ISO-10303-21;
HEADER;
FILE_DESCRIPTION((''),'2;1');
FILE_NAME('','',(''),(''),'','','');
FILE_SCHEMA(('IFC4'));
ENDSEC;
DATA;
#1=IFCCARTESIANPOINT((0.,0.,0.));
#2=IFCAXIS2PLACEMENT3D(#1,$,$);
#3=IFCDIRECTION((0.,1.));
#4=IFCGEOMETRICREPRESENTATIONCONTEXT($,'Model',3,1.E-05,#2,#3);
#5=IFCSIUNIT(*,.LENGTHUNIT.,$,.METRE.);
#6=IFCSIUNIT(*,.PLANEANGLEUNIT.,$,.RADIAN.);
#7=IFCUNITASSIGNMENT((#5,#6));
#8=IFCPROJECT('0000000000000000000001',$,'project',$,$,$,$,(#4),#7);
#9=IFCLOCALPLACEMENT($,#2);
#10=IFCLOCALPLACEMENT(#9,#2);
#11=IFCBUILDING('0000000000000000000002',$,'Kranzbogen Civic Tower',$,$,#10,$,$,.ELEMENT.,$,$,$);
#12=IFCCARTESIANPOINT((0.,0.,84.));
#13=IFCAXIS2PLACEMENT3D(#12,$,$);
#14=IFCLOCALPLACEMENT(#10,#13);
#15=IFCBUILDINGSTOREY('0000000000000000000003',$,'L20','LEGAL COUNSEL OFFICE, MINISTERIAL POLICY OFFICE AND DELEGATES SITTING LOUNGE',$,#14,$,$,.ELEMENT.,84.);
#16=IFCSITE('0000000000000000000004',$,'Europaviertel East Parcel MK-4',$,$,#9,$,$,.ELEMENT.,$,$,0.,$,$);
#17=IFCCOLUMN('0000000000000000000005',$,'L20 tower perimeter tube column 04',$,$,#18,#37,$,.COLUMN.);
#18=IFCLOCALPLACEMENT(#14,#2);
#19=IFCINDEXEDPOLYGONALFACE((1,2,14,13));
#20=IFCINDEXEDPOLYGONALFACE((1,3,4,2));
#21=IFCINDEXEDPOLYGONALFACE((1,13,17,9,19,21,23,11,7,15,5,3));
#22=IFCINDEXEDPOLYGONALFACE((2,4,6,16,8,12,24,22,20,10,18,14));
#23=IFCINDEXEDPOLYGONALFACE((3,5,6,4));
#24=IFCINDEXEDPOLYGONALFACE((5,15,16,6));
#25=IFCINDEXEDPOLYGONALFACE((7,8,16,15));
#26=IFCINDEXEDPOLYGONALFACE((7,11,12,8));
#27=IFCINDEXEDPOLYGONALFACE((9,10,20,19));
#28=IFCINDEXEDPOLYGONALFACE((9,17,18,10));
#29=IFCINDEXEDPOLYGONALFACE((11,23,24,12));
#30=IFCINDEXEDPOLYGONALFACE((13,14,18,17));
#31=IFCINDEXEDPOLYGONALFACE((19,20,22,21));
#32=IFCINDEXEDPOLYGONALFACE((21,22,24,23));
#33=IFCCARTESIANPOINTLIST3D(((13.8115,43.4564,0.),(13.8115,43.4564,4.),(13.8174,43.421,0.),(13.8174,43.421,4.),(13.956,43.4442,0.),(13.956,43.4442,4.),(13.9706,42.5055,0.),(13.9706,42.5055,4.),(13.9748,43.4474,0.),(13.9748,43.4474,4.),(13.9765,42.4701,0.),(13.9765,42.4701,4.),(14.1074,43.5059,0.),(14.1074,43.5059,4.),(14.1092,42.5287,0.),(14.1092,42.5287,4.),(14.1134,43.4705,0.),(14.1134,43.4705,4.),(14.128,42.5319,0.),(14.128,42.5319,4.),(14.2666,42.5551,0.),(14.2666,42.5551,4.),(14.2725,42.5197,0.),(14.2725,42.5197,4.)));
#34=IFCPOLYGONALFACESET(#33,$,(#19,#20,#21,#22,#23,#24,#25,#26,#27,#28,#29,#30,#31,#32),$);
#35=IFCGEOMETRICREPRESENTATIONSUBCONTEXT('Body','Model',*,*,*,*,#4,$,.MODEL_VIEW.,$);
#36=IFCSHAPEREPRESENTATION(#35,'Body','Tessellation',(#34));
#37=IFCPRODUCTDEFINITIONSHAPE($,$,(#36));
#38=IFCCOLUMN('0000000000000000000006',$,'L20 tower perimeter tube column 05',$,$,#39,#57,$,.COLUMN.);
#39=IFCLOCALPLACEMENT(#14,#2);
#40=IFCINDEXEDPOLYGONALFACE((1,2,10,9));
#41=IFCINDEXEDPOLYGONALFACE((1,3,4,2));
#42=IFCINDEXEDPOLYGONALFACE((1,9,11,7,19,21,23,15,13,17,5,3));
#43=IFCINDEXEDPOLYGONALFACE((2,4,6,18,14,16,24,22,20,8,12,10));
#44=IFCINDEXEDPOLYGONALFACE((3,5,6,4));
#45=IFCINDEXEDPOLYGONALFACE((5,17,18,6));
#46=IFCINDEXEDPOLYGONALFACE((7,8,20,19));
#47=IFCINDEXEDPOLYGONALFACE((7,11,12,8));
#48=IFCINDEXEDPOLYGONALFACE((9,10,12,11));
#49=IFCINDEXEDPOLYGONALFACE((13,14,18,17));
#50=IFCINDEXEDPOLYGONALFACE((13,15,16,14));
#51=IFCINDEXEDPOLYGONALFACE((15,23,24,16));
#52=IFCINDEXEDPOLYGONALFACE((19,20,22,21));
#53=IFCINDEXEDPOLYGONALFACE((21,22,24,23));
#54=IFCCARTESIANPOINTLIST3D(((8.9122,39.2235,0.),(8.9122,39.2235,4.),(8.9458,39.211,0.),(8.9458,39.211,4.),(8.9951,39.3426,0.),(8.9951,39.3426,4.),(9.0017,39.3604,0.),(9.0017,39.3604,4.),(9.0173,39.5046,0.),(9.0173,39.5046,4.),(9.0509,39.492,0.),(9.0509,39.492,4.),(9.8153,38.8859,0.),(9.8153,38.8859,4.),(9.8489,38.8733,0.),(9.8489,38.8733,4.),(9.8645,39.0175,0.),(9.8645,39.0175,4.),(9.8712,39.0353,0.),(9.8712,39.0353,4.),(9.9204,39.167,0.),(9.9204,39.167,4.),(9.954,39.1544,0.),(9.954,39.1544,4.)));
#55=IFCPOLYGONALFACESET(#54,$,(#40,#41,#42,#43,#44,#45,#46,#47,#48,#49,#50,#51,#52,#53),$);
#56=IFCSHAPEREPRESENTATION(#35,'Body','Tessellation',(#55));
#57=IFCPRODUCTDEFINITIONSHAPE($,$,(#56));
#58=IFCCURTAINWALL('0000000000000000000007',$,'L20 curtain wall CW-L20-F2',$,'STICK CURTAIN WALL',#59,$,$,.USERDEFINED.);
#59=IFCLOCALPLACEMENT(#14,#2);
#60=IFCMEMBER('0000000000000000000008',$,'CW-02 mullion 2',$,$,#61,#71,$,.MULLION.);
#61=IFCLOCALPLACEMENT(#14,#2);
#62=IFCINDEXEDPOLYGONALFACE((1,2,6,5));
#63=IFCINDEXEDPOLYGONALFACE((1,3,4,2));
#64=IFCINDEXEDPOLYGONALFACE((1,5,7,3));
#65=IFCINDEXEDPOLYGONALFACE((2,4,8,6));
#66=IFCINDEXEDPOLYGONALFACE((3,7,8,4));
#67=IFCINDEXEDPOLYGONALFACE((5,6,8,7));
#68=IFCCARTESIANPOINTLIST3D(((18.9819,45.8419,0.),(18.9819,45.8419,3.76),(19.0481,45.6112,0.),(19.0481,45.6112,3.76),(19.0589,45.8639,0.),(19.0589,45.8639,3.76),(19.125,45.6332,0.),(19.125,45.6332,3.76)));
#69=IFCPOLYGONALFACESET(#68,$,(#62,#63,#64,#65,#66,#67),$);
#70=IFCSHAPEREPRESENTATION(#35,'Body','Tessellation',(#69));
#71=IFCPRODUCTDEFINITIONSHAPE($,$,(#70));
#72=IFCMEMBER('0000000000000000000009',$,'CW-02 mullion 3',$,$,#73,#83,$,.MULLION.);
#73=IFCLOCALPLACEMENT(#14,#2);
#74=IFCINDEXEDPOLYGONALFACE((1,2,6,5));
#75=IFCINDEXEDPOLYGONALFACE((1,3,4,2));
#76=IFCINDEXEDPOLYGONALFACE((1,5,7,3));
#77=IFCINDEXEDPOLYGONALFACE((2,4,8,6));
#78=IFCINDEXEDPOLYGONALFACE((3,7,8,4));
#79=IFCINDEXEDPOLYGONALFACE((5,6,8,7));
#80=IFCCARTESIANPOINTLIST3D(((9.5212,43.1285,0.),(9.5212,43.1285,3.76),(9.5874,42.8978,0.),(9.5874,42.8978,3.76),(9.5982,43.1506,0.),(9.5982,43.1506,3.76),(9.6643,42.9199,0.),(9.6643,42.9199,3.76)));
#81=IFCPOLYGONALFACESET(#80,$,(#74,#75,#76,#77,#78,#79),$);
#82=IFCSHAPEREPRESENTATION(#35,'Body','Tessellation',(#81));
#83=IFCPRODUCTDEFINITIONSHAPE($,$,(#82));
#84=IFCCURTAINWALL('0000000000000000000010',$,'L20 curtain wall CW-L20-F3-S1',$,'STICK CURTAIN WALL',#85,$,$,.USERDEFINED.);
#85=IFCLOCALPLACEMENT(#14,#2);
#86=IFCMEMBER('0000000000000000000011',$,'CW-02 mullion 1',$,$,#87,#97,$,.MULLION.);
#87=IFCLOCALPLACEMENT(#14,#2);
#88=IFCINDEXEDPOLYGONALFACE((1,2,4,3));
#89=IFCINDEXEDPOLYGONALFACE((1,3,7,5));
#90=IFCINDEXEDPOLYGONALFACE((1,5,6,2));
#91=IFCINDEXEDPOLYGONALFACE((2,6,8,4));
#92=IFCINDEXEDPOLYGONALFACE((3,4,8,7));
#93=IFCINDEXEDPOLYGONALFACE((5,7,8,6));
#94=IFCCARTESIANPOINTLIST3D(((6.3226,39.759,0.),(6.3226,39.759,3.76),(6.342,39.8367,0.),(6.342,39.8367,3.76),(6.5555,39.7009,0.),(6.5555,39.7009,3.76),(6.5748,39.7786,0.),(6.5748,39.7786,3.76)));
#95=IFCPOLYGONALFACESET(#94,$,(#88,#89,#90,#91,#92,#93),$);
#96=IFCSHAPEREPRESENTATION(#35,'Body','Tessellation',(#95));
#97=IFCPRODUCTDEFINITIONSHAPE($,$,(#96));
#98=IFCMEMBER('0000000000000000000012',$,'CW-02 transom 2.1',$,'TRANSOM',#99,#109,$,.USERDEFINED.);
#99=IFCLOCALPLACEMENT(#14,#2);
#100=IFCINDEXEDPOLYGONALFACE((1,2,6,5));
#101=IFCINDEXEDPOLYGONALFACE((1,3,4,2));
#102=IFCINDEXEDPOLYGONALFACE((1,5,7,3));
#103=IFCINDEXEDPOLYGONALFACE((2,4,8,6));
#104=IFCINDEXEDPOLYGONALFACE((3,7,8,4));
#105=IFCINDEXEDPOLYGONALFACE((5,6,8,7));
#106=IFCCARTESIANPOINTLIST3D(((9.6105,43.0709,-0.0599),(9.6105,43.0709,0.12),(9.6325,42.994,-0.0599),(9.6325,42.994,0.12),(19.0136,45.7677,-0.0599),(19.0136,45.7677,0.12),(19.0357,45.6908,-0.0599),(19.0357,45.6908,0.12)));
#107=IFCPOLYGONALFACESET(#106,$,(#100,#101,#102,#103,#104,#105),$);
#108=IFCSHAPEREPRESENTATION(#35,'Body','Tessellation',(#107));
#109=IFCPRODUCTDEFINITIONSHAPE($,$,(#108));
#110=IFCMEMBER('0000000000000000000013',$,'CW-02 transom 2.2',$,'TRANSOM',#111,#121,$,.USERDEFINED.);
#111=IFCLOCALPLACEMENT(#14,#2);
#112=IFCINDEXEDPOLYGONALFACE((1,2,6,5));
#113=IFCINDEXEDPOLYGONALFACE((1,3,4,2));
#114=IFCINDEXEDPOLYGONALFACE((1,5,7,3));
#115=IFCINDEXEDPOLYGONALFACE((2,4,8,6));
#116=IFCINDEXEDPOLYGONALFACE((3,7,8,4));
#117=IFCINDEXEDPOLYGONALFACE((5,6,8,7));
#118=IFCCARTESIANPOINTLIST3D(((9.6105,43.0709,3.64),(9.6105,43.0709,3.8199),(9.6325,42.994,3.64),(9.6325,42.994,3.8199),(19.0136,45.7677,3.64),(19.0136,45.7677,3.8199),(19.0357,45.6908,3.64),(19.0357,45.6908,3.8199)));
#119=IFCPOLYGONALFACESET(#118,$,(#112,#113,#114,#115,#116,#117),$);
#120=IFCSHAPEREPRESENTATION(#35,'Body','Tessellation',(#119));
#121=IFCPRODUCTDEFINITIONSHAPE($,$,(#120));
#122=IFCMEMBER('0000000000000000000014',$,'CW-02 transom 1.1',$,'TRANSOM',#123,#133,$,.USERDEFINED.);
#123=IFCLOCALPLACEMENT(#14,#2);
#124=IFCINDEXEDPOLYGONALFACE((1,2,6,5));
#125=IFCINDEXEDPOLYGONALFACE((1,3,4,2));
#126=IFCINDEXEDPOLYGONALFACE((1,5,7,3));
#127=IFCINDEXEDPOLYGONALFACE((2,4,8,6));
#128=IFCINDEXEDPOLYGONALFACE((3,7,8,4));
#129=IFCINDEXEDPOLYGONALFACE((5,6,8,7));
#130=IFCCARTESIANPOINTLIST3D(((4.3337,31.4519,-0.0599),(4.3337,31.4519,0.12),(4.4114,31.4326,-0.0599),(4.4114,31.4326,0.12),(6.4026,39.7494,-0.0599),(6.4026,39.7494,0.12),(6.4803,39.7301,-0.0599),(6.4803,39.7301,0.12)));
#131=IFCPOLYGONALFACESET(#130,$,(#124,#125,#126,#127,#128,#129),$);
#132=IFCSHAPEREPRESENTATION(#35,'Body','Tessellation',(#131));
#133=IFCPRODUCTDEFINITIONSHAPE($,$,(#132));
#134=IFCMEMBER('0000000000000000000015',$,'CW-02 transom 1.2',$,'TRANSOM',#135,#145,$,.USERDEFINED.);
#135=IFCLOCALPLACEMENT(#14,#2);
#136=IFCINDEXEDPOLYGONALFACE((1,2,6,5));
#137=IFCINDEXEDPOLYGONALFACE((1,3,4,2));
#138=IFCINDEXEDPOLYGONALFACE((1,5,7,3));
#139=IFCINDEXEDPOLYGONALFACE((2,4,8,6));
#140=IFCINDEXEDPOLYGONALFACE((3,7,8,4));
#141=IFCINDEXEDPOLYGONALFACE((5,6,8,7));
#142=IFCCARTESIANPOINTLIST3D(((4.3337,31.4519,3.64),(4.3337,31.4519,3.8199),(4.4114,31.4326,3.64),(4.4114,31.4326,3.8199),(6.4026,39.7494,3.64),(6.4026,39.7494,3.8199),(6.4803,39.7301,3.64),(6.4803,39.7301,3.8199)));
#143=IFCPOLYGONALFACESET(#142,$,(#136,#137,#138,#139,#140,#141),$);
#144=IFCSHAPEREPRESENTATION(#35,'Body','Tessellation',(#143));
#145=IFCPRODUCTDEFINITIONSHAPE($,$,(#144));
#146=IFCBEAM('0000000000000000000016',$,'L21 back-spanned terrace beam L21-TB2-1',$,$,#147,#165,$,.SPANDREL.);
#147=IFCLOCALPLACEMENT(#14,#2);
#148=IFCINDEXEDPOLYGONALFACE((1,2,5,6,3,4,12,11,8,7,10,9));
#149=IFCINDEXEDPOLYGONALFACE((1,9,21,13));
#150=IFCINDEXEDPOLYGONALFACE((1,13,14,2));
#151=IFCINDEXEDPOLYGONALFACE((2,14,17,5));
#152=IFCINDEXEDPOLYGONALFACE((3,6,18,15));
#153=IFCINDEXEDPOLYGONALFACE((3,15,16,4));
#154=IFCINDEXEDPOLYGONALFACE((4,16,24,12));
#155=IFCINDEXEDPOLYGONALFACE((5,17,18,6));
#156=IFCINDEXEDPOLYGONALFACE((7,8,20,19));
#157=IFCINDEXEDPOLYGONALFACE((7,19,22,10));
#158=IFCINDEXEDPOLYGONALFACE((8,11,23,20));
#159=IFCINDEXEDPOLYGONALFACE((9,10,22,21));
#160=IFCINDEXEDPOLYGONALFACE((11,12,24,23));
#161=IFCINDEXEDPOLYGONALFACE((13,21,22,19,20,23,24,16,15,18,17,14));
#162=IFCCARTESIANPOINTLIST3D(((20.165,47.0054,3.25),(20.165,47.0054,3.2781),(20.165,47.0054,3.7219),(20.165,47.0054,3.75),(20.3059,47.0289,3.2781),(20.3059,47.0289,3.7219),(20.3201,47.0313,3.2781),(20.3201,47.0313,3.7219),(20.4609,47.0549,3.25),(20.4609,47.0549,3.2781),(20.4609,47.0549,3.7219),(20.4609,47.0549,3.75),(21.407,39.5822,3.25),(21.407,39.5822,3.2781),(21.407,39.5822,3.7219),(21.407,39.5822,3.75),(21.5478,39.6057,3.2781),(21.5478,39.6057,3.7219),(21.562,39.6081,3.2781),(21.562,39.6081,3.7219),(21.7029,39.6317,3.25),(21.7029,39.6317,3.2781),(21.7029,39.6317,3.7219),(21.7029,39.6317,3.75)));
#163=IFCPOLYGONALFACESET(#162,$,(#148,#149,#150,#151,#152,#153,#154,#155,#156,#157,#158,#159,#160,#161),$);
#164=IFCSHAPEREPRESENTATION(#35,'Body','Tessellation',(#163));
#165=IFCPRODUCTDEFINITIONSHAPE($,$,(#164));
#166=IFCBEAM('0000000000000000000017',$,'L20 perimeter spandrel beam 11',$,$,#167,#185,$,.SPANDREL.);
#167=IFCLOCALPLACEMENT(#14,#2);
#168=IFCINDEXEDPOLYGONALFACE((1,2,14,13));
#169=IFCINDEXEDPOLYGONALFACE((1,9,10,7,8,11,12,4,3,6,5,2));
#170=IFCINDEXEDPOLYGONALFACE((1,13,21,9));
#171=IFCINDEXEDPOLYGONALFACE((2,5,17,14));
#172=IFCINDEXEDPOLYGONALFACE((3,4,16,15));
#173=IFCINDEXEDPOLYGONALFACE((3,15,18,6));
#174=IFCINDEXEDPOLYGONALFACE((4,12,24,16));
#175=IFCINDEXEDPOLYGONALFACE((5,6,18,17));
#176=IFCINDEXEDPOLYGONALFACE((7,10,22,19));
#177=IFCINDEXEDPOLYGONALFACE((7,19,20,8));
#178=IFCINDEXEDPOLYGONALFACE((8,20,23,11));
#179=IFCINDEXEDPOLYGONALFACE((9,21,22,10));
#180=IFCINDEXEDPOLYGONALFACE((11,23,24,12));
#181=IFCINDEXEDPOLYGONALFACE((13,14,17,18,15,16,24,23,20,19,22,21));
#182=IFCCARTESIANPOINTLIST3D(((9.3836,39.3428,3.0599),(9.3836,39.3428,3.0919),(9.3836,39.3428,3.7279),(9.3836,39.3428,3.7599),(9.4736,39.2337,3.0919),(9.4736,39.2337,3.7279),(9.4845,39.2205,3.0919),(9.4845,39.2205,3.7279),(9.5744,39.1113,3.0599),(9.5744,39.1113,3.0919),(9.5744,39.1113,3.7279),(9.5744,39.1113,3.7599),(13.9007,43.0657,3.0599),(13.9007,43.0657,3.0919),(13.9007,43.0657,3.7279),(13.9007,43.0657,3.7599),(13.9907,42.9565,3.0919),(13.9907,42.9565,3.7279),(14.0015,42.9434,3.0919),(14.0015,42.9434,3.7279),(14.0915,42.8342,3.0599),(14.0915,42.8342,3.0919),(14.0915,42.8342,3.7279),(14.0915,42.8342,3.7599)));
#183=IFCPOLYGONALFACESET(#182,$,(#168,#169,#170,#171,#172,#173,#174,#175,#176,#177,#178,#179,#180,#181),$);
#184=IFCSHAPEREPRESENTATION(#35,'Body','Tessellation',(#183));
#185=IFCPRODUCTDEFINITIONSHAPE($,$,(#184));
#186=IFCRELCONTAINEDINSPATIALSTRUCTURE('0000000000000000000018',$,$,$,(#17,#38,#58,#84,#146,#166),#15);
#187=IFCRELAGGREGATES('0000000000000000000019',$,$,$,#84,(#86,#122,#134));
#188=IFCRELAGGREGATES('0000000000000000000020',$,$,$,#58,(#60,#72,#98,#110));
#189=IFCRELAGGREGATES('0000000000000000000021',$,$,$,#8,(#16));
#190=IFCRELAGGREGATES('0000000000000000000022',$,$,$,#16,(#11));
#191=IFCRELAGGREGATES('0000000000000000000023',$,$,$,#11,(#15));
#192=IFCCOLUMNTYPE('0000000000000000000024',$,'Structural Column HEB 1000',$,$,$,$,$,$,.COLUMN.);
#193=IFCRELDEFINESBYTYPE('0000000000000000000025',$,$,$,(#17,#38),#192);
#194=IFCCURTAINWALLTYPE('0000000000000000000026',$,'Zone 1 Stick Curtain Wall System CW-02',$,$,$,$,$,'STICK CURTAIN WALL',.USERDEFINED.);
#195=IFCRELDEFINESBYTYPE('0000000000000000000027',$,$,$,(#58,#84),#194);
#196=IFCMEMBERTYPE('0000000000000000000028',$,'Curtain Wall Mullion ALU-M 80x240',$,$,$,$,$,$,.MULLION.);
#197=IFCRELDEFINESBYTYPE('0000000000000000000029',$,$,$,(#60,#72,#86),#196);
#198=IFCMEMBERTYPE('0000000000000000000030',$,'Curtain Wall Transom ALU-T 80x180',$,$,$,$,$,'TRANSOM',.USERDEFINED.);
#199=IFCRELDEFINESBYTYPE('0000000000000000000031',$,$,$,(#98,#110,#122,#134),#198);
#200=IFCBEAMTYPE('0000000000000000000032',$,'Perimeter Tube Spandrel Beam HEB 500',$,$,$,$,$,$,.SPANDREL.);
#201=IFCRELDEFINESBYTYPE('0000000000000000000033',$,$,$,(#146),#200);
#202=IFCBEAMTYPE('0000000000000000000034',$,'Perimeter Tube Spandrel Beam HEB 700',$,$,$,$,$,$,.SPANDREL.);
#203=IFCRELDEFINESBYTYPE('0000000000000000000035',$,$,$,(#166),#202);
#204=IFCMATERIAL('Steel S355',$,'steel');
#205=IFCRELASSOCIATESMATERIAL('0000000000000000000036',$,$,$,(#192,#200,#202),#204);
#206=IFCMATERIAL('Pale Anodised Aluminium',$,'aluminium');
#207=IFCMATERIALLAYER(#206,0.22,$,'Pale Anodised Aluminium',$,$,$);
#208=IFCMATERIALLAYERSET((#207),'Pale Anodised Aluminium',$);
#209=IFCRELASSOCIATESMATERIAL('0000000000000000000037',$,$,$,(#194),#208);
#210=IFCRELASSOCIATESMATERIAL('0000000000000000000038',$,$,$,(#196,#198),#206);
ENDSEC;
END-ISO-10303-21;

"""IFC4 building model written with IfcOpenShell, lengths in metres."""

from ifc_helpers import new_model, si_unit, direction, frame, origin, origin_2d, place, context, subcontext, project, spatial, rectangle, i_section, extrude, material, layer, layer_set, material_profile, profile_set, type_object, element, aggregate, save


model = new_model("IFC4")

# Units and contexts
model_context = context("Model", 3, precision=1e-05, world=origin(), true_north=direction((0.0, 1.0)))
body_context = subcontext(model_context, "Body", "Model", "MODEL_VIEW")
ifc_project = project(units=[si_unit("LENGTHUNIT", "METRE"), si_unit("PLANEANGLEUNIT", "RADIAN")], contexts=[model_context])

# Site, building, storey
site_placement = place(None, origin())
site = spatial("IfcSite", under=ifc_project, at=site_placement, Name="Europaviertel East Parcel MK-4", CompositionType="ELEMENT", RefElevation=0.0)
building_placement = place(site_placement, origin())
building = spatial("IfcBuilding", under=site, at=building_placement, Name="Kranzbogen Civic Tower", CompositionType="ELEMENT")
storey_placement = place(building_placement, frame((0.0, 0.0, 84.0)))
storey = spatial("IfcBuildingStorey", under=building, at=storey_placement, Name="L20", Description="LEGAL COUNSEL OFFICE, MINISTERIAL POLICY OFFICE AND DELEGATES SITTING LOUNGE", CompositionType="ELEMENT", Elevation=84.0)

# Columns
ifc_material_1 = material(Name="Steel S355", Category="steel")
ifc_material_profile_1 = material_profile(ifc_material_1, i_section(OverallWidth=0.3, OverallDepth=1.0, WebThickness=0.019, FlangeThickness=0.0359, at=origin_2d()), Name="HEB 1000")
ifc_profile_set_1 = profile_set([ifc_material_profile_1], Name="Steel S355")
column_type = type_object("IfcColumnType", Name="Structural Column HEB 1000", PredefinedType="COLUMN", material=ifc_profile_set_1)
for number, where, z_axis, x_axis, name in (
    (1, (14.042, 42.988, 0.0), (0.0, 0.0, 1.0), (0.986286, 0.165048, 0.0), "L20 tower perimeter tube column 04"),
    (2, (9.4331, 39.189, 0.0), (0.0, 0.0, 1.0), (0.350207, 0.936672, 0.0), "L20 tower perimeter tube column 05"),
):
    element("IfcColumn", number, at=place(storey_placement, frame(where, z_axis=z_axis, x_axis=x_axis)), inside=storey, type_object=column_type, Name=name, PredefinedType="COLUMN", context=body_context, shape_type="SweptSolid", body=[
        extrude(i_section(OverallWidth=0.3, OverallDepth=1.0, WebThickness=0.019, FlangeThickness=0.0359, at=origin_2d()), origin(), (0.0, 0.0, 1.0), 4.0),
    ])

# Curtain wall, members
ifc_material_2 = material(Name="Pale Anodised Aluminium", Category="aluminium")
ifc_layer_1 = layer(ifc_material_2, 0.22, Name="Pale Anodised Aluminium")
ifc_layer_set_1 = layer_set([ifc_layer_1], Name="Pale Anodised Aluminium")
curtain_wall_type = type_object("IfcCurtainWallType", Name="Zone 1 Stick Curtain Wall System CW-02", ElementType="STICK CURTAIN WALL", PredefinedType="USERDEFINED", material=ifc_layer_set_1)
curtain_wall_1_placement = place(storey_placement, origin())
curtain_wall_1 = element("IfcCurtainWall", 3, at=curtain_wall_1_placement, inside=storey, type_object=curtain_wall_type, Name="L20 curtain wall CW-L20-F2", ObjectType="STICK CURTAIN WALL", PredefinedType="USERDEFINED")
ifc_material_profile_2 = material_profile(ifc_material_2, rectangle(XDim=0.0801, YDim=0.24, at=origin_2d()), Name="ALU-M 80x240")
ifc_profile_set_2 = profile_set([ifc_material_profile_2], Name="Pale Anodised Aluminium")
member_type_1 = type_object("IfcMemberType", Name="Curtain Wall Mullion ALU-M 80x240", PredefinedType="MULLION", material=ifc_profile_set_2)
member_1_placement = place(storey_placement, frame((19.0535, 45.7375, 0.0), z_axis=(0.0, 0.0, 1.0), x_axis=(-0.96125, -0.275678, 0.0)))
member_1 = element("IfcMember", 4, at=member_1_placement, type_object=member_type_1, Name="CW-02 mullion 2", PredefinedType="MULLION", context=body_context, shape_type="SweptSolid", body=[
    extrude(rectangle(XDim=0.0801, YDim=0.24, at=origin_2d()), origin(), (0.0, 0.0, 1.0), 3.76),
])
member_2_placement = place(storey_placement, frame((9.5928, 43.0242, 0.0), z_axis=(0.0, 0.0, 1.0), x_axis=(-0.96125, -0.275678, 0.0)))
member_2 = element("IfcMember", 5, at=member_2_placement, type_object=member_type_1, Name="CW-02 mullion 3", PredefinedType="MULLION", context=body_context, shape_type="SweptSolid", body=[
    extrude(rectangle(XDim=0.0801, YDim=0.24, at=origin_2d()), origin(), (0.0, 0.0, 1.0), 3.76),
])

# Curtain wall, member
curtain_wall_2_placement = place(storey_placement, origin())
curtain_wall_2 = element("IfcCurtainWall", 6, at=curtain_wall_2_placement, inside=storey, type_object=curtain_wall_type, Name="L20 curtain wall CW-L20-F3-S1", ObjectType="STICK CURTAIN WALL", PredefinedType="USERDEFINED")
member_3_placement = place(storey_placement, frame((6.4487, 39.7688, 0.0), z_axis=(0.0, 0.0, 1.0), x_axis=(-0.241939, -0.970292, 0.0)))
member_3 = element("IfcMember", 7, at=member_3_placement, type_object=member_type_1, Name="CW-02 mullion 1", PredefinedType="MULLION", context=body_context, shape_type="SweptSolid", body=[
    extrude(rectangle(XDim=0.0801, YDim=0.24, at=origin_2d()), origin(), (0.0, 0.0, 1.0), 3.76),
])

# Members
ifc_material_profile_3 = material_profile(ifc_material_2, rectangle(XDim=0.0801, YDim=0.1799, at=origin_2d()), Name="ALU-T 80x180")
ifc_profile_set_3 = profile_set([ifc_material_profile_3], Name="Pale Anodised Aluminium")
member_type_2 = type_object("IfcMemberType", Name="Curtain Wall Transom ALU-T 80x180", ElementType="TRANSOM", PredefinedType="USERDEFINED", material=ifc_profile_set_3)
member_4_placement = place(storey_placement, frame((19.0247, 45.7292, 0.03), z_axis=(-0.961248, -0.275684, 0.0), x_axis=(0.275684, -0.961248, 0.0)))
member_4 = element("IfcMember", 8, at=member_4_placement, type_object=member_type_2, Name="CW-02 transom 2.1", ObjectType="TRANSOM", PredefinedType="USERDEFINED", context=body_context, shape_type="SweptSolid", body=[
    extrude(rectangle(XDim=0.0801, YDim=0.1799, at=origin_2d()), origin(), (0.0, 0.0, 1.0), 9.7822),
])
member_5_placement = place(storey_placement, frame((19.0247, 45.7292, 3.73), z_axis=(-0.961248, -0.275684, 0.0), x_axis=(0.275684, -0.961248, 0.0)))
member_5 = element("IfcMember", 9, at=member_5_placement, type_object=member_type_2, Name="CW-02 transom 2.2", ObjectType="TRANSOM", PredefinedType="USERDEFINED", context=body_context, shape_type="SweptSolid", body=[
    extrude(rectangle(XDim=0.0801, YDim=0.1799, at=origin_2d()), origin(), (0.0, 0.0, 1.0), 9.7822),
])
member_6_placement = place(storey_placement, frame((6.4414, 39.7397, 0.03), z_axis=(-0.241924, -0.970295, 0.0), x_axis=(0.970295, -0.241924, 0.0)))
member_6 = element("IfcMember", 10, at=member_6_placement, type_object=member_type_2, Name="CW-02 transom 1.1", ObjectType="TRANSOM", PredefinedType="USERDEFINED", context=body_context, shape_type="SweptSolid", body=[
    extrude(rectangle(XDim=0.0801, YDim=0.1799, at=origin_2d()), origin(), (0.0, 0.0, 1.0), 8.5515),
])
member_7_placement = place(storey_placement, frame((6.4414, 39.7397, 3.73), z_axis=(-0.241924, -0.970295, 0.0), x_axis=(0.970295, -0.241924, 0.0)))
member_7 = element("IfcMember", 11, at=member_7_placement, type_object=member_type_2, Name="CW-02 transom 1.2", ObjectType="TRANSOM", PredefinedType="USERDEFINED", context=body_context, shape_type="SweptSolid", body=[
    extrude(rectangle(XDim=0.0801, YDim=0.1799, at=origin_2d()), origin(), (0.0, 0.0, 1.0), 8.5515),
])
aggregate(curtain_wall_2, [member_3, member_6, member_7])

# Beams
ifc_material_profile_4 = material_profile(ifc_material_1, i_section(OverallWidth=0.3, OverallDepth=0.5, WebThickness=0.0144, FlangeThickness=0.0281, at=origin_2d()), Name="HEB 500")
ifc_profile_set_4 = profile_set([ifc_material_profile_4], Name="Steel S355")
beam_type_1 = type_object("IfcBeamType", Name="Perimeter Tube Spandrel Beam HEB 500", PredefinedType="SPANDREL", material=ifc_profile_set_4)
beam_1_placement = place(storey_placement, frame((21.5549, 39.6069, 3.5), z_axis=(-0.165014, 0.986291, 0.0), x_axis=(-0.986291, -0.165014, 0.0)))
element("IfcBeam", 12, at=beam_1_placement, inside=storey, type_object=beam_type_1, Name="L21 back-spanned terrace beam L21-TB2-1", PredefinedType="SPANDREL", context=body_context, shape_type="SweptSolid", body=[
    extrude(i_section(OverallWidth=0.3, OverallDepth=0.5, WebThickness=0.0144, FlangeThickness=0.0281, at=origin_2d()), origin(), (0.0, 0.0, 1.0), 7.5264),
])
ifc_material_profile_5 = material_profile(ifc_material_1, i_section(OverallWidth=0.3, OverallDepth=0.7, WebThickness=0.0171, FlangeThickness=0.032, at=origin_2d()), Name="HEB 700")
ifc_profile_set_5 = profile_set([ifc_material_profile_5], Name="Steel S355")
beam_type_2 = type_object("IfcBeamType", Name="Perimeter Tube Spandrel Beam HEB 700", PredefinedType="SPANDREL", material=ifc_profile_set_5)
beam_2_placement = place(storey_placement, frame((13.9961, 42.95, 3.4099), z_axis=(-0.771683, -0.636007, 0.0), x_axis=(0.636007, -0.771683, 0.0)))
element("IfcBeam", 13, at=beam_2_placement, inside=storey, type_object=beam_type_2, Name="L20 perimeter spandrel beam 11", PredefinedType="SPANDREL", context=body_context, shape_type="SweptSolid", body=[
    extrude(i_section(OverallWidth=0.3, OverallDepth=0.7, WebThickness=0.0171, FlangeThickness=0.032, at=origin_2d()), origin(), (0.0, 0.0, 1.0), 5.8535),
])

aggregate(curtain_wall_1, [member_1, member_2, member_4, member_5])

save(model, "model.ifc")
